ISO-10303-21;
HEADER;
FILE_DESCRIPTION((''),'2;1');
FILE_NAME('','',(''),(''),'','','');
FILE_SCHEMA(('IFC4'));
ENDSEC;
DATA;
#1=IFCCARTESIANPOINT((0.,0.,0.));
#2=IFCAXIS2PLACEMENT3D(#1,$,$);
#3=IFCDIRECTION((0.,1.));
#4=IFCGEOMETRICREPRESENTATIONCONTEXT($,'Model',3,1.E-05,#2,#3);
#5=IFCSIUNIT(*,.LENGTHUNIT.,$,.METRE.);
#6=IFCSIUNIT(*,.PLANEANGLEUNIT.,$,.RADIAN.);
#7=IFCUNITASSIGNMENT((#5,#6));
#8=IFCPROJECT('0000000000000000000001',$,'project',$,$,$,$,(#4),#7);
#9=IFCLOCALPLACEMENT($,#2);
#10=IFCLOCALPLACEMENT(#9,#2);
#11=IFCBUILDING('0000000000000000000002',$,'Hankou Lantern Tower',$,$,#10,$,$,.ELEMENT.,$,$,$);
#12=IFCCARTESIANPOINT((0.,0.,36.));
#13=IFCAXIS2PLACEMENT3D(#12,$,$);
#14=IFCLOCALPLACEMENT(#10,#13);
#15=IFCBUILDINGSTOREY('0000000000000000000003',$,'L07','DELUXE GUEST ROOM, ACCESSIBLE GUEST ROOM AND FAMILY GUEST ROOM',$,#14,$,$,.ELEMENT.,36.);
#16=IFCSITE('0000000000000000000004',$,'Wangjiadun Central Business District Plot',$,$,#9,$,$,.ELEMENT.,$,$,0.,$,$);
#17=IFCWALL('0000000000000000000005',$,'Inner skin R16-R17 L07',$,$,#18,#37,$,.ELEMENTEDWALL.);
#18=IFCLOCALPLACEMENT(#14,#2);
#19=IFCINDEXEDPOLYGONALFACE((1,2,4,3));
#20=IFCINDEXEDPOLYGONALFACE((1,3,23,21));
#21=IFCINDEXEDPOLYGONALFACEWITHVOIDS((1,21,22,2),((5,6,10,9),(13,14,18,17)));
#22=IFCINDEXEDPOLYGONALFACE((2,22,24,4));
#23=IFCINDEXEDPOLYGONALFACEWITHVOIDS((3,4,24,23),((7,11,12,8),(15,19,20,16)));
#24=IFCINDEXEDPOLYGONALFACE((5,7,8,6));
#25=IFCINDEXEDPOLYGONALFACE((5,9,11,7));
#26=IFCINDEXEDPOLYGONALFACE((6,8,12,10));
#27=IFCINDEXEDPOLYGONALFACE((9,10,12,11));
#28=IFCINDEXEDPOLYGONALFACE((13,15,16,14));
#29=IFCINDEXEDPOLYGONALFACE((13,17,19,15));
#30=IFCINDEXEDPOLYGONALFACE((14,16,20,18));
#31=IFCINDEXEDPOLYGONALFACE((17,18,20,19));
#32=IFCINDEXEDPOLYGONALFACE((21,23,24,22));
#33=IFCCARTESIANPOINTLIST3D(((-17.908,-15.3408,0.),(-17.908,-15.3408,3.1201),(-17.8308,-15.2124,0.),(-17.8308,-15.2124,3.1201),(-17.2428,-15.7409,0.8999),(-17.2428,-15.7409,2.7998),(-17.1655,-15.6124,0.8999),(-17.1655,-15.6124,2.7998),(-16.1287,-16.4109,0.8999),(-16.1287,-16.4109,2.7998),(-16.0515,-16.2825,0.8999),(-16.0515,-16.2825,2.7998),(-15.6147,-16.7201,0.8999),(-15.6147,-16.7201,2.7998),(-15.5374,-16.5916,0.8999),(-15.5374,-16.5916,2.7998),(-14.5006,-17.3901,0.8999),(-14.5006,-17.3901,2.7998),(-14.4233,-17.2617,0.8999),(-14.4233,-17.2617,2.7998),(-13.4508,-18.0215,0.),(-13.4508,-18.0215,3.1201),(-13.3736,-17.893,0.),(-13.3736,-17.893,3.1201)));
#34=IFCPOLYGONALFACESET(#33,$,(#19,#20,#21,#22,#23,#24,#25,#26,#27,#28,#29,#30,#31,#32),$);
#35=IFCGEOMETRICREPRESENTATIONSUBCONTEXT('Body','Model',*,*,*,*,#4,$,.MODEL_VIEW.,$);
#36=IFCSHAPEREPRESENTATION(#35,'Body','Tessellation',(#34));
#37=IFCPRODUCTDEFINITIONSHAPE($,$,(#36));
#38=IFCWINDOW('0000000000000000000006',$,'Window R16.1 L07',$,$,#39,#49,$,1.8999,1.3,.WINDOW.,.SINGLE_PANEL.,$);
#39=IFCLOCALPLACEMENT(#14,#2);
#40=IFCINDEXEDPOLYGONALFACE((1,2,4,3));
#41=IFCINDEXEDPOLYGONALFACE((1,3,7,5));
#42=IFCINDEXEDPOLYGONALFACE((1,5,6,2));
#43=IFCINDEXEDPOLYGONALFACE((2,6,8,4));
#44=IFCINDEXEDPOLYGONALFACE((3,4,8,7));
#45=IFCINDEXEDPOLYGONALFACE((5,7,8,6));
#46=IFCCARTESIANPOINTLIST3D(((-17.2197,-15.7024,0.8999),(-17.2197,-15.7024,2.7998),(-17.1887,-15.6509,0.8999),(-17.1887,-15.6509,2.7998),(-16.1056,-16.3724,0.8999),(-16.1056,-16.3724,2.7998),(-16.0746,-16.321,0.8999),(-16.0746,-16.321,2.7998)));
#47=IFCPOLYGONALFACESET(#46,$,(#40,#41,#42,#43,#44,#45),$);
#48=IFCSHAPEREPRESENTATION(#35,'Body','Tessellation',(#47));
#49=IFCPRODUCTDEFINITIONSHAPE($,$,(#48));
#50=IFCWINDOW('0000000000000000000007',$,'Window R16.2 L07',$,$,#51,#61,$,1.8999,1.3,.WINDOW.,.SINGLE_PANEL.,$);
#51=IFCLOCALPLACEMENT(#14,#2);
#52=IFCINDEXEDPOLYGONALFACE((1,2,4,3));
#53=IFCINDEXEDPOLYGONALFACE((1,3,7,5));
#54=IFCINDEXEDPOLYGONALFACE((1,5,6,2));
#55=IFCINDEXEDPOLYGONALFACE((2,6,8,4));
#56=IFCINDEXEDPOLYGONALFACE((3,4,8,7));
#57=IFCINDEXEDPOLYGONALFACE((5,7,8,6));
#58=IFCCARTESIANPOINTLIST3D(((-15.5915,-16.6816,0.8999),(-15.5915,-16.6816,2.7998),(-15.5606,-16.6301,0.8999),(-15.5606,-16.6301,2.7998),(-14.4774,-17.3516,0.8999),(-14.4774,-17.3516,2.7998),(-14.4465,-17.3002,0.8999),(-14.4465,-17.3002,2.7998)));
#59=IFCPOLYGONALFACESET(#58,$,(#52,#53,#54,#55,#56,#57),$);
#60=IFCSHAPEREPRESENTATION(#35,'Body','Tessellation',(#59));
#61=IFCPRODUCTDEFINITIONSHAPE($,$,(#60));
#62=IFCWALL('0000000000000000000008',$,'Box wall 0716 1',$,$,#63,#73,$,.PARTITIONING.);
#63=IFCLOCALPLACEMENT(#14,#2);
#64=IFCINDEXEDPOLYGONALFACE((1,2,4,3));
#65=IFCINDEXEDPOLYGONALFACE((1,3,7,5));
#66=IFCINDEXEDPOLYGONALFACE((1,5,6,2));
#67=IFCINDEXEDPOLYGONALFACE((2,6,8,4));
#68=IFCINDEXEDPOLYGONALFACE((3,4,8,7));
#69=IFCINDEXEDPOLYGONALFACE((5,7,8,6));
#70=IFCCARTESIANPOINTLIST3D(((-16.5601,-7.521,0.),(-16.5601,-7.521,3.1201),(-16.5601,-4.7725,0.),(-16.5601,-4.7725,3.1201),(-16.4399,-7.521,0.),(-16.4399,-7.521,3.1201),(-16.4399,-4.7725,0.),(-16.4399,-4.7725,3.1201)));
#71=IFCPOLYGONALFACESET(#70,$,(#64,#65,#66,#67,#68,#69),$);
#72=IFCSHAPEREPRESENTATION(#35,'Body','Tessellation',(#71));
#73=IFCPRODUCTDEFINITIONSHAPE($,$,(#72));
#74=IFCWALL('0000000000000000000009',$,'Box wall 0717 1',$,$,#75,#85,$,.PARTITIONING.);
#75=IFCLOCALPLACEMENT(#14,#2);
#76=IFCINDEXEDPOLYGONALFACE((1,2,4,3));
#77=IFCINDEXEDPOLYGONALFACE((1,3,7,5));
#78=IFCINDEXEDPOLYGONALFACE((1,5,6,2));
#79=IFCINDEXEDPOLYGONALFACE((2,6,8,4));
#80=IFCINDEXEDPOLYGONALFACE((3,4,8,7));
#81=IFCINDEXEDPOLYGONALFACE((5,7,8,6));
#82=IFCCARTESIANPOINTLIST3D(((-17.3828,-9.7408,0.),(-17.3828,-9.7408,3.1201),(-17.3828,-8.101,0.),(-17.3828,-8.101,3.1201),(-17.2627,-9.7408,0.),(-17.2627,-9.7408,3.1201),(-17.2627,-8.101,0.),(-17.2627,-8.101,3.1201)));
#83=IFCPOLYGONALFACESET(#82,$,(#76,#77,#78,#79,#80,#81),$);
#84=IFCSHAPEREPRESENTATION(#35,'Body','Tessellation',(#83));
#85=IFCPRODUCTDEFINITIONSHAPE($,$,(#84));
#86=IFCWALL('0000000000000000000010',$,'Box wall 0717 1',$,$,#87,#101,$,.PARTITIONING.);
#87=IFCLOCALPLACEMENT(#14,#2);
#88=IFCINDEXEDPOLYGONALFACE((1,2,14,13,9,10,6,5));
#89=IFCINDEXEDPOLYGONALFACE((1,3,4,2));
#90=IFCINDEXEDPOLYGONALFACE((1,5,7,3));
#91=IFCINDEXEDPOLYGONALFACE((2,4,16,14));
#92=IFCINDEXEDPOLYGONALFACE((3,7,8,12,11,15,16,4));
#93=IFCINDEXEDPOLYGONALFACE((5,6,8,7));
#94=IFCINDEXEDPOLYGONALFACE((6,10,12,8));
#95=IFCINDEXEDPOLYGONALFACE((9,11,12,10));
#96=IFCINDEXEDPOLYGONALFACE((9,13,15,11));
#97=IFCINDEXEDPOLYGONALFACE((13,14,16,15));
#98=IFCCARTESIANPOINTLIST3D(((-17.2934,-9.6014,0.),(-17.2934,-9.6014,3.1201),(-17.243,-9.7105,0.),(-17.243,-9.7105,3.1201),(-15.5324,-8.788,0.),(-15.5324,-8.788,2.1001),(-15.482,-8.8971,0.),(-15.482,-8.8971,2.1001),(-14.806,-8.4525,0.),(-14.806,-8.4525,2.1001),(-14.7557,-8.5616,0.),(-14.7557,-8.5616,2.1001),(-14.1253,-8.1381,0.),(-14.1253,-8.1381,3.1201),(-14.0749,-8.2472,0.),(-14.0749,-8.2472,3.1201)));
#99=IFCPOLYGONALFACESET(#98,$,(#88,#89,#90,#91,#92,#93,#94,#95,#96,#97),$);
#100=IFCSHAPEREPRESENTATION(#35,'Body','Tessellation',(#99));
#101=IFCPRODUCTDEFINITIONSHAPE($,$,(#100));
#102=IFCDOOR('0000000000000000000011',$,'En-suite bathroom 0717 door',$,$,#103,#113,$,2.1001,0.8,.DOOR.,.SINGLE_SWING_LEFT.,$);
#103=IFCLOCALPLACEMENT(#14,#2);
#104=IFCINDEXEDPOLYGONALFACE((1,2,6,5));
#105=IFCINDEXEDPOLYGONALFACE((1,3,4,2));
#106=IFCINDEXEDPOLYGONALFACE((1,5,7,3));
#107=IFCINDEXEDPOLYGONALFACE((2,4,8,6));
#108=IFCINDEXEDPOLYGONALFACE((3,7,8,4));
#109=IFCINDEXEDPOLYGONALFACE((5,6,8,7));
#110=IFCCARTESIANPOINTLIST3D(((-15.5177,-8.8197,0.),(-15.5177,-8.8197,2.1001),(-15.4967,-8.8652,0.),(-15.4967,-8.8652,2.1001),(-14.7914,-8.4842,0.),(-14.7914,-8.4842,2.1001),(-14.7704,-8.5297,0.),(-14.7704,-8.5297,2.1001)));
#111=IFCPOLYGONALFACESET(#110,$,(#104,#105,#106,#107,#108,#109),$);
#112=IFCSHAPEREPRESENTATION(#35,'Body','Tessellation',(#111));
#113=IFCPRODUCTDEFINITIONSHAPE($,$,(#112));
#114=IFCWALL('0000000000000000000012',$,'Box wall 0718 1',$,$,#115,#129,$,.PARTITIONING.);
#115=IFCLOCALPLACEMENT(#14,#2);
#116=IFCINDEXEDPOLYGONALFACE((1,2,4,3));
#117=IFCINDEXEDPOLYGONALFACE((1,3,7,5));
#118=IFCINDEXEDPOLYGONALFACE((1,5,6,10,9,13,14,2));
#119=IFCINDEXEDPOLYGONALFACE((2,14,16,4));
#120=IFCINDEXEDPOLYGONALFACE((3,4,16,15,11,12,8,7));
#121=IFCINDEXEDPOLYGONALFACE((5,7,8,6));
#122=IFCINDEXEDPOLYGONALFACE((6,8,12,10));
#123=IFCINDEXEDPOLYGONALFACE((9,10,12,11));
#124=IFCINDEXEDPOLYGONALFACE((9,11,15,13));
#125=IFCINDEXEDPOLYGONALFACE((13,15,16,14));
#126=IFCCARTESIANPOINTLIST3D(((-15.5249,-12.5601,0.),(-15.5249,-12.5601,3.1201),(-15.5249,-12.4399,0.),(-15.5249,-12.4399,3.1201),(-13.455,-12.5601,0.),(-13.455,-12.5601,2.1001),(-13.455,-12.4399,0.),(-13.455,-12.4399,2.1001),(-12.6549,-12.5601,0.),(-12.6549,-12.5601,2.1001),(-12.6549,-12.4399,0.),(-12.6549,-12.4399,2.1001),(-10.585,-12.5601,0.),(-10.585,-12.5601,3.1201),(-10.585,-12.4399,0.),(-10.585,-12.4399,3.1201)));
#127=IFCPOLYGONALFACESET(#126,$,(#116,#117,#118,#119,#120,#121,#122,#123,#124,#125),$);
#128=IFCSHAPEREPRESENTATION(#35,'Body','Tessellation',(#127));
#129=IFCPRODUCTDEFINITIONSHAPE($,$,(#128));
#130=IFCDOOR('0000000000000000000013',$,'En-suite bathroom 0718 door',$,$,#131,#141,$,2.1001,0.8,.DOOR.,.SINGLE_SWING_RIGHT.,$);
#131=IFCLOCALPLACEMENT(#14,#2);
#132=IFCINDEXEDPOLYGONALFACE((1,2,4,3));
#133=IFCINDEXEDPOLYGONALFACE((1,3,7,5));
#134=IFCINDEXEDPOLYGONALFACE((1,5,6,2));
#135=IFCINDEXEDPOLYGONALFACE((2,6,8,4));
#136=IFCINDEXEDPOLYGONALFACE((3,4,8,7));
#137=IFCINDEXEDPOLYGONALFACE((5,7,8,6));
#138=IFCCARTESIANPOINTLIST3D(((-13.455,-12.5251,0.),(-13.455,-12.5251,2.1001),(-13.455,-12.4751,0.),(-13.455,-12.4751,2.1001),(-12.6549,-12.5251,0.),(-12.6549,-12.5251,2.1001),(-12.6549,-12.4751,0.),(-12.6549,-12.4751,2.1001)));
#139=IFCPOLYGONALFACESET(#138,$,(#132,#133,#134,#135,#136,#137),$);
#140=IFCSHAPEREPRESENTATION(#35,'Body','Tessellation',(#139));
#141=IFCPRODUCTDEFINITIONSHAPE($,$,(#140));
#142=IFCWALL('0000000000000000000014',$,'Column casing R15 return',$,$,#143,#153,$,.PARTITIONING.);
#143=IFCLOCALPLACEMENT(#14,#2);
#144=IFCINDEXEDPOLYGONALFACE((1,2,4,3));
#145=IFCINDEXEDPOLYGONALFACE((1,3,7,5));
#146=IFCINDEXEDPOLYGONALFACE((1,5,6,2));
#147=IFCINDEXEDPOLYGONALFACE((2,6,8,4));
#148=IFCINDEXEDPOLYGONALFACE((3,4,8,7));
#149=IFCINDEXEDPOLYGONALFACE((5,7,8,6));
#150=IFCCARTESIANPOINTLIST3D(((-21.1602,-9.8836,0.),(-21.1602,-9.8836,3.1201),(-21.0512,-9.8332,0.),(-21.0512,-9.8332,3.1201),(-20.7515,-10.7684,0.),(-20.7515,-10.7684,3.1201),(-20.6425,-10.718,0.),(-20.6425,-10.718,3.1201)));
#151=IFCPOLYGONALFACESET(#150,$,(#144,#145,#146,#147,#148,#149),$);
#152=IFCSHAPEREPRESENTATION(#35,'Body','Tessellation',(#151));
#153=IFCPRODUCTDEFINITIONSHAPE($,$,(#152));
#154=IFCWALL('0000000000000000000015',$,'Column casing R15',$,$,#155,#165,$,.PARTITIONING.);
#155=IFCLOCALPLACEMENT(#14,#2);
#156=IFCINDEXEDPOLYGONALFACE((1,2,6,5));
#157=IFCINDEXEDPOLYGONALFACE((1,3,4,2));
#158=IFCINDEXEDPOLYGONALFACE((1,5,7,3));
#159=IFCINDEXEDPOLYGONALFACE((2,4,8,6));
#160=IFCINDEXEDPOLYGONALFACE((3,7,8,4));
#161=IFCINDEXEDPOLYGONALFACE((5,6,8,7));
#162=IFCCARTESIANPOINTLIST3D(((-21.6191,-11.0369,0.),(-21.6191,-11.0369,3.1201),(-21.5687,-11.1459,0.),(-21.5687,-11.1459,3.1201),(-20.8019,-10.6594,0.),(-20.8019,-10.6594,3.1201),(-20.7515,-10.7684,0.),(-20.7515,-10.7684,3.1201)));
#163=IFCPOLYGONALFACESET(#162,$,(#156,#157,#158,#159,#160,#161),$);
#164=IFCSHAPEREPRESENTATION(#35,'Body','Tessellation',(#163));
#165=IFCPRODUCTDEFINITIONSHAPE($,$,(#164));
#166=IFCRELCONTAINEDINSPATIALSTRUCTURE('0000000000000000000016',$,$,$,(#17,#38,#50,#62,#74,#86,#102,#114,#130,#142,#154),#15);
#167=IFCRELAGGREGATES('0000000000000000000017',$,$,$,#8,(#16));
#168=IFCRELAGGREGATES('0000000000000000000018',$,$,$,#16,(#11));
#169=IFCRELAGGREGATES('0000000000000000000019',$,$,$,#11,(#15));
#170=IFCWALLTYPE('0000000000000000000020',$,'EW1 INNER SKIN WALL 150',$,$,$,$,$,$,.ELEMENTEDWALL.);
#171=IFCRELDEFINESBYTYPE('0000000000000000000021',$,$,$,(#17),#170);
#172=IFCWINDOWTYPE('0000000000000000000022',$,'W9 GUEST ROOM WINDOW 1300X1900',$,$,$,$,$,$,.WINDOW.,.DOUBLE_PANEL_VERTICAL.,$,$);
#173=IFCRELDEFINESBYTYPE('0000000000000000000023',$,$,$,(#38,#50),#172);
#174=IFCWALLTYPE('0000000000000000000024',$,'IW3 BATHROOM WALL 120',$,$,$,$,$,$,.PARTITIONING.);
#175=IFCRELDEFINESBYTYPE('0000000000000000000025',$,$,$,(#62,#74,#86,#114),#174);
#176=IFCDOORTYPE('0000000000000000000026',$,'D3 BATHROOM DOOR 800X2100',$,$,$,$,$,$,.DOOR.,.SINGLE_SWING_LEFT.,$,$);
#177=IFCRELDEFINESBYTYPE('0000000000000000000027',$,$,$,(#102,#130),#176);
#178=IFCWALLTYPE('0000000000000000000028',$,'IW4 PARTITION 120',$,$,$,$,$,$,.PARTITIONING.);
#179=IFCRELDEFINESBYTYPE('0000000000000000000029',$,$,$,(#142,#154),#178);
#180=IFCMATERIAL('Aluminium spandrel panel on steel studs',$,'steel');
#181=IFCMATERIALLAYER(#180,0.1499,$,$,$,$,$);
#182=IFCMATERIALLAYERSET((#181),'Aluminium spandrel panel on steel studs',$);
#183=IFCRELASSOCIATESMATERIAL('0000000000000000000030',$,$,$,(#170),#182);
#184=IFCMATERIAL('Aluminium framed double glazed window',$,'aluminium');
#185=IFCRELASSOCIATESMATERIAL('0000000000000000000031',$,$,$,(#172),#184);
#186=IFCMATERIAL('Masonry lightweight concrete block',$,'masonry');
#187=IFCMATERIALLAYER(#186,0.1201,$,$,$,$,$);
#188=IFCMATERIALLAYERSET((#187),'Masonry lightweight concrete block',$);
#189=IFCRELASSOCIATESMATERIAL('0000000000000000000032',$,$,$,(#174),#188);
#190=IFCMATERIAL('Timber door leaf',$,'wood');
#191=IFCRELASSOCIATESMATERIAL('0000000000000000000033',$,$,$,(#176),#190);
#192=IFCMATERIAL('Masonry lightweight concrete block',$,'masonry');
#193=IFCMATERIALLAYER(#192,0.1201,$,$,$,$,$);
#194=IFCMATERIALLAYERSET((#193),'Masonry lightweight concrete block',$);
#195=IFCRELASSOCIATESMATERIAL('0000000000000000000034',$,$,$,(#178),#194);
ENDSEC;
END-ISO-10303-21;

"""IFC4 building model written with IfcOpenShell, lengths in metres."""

from ifc_helpers import new_model, si_unit, direction, frame, frame_2d, origin, place, context, subcontext, project, spatial, rectangle, extrude, material, layer, layer_set, type_object, element, fill, save


model = new_model("IFC4")

# Units and contexts
model_context = context("Model", 3, precision=1e-05, world=origin(), true_north=direction((0.0, 1.0)))
body_context = subcontext(model_context, "Body", "Model", "MODEL_VIEW")
ifc_project = project(units=[si_unit("LENGTHUNIT", "METRE"), si_unit("PLANEANGLEUNIT", "RADIAN")], contexts=[model_context])

# Site, building, storey
site_placement = place(None, origin())
site = spatial("IfcSite", under=ifc_project, at=site_placement, Name="Wangjiadun Central Business District Plot", CompositionType="ELEMENT", RefElevation=0.0)
building_placement = place(site_placement, origin())
building = spatial("IfcBuilding", under=site, at=building_placement, Name="Hankou Lantern Tower", CompositionType="ELEMENT")
storey_placement = place(building_placement, frame((0.0, 0.0, 36.0)))
storey = spatial("IfcBuildingStorey", under=building, at=storey_placement, Name="L07", Description="DELUXE GUEST ROOM, ACCESSIBLE GUEST ROOM AND FAMILY GUEST ROOM", CompositionType="ELEMENT", Elevation=36.0)

# Wall, openings, windows
ifc_material_1 = material(Name="Aluminium spandrel panel on steel studs", Category="steel")
ifc_layer_1 = layer(ifc_material_1, 0.1499)
ifc_layer_set_1 = layer_set([ifc_layer_1], Name="Aluminium spandrel panel on steel studs")
wall_type_1 = type_object("IfcWallType", Name="EW1 INNER SKIN WALL 150", PredefinedType="ELEMENTEDWALL", material=ifc_layer_set_1)
ifc_material_2 = material(Name="Aluminium framed double glazed window", Category="aluminium")
window_type = type_object("IfcWindowType", Name="W9 GUEST ROOM WINDOW 1300X1900", PartitioningType="DOUBLE_PANEL_VERTICAL", PredefinedType="WINDOW", material=ifc_material_2)
wall_1_placement = place(storey_placement, frame((-17.8694, -15.2766, 0.0), z_axis=(0.0, 0.0, 1.0), x_axis=(0.856958, -0.515386, 0.0)))
wall_1 = element("IfcWall", 1, at=wall_1_placement, inside=storey, type_object=wall_type_1, Name="Inner skin R16-R17 L07", PredefinedType="ELEMENTEDWALL", context=body_context, shape_type="SweptSolid", body=[
    extrude(rectangle(XDim=5.2012, YDim=0.1499, at=frame_2d((2.6006, 0.0))), origin(), (0.0, 0.0, 1.0), 3.1201),
])
opening_1_placement = place(wall_1_placement, frame((0.7764, 0.0, 0.8999)))
opening_1 = element("IfcOpeningElement", 2, at=opening_1_placement, cuts=wall_1, PredefinedType="OPENING", context=body_context, shape_type="SweptSolid", body=[
    extrude(rectangle(XDim=1.3, YDim=1.8999, at=frame_2d((0.6499, 0.95))), frame((0.0, 0.085, 0.0), z_axis=(0.0, -1.0, 0.0), x_axis=(1.0, 0.0, 0.0)), (0.0, 0.0, 1.0), 0.1699),
])
opening_2_placement = place(wall_1_placement, frame((2.6763, 0.0, 0.8999)))
opening_2 = element("IfcOpeningElement", 3, at=opening_2_placement, cuts=wall_1, PredefinedType="OPENING", context=body_context, shape_type="SweptSolid", body=[
    extrude(rectangle(XDim=1.3, YDim=1.8999, at=frame_2d((0.6499, 0.95))), frame((0.0, 0.085, 0.0), z_axis=(0.0, -1.0, 0.0), x_axis=(1.0, 0.0, 0.0)), (0.0, 0.0, 1.0), 0.1699),
])
window_1_placement = place(opening_1_placement, origin())
window_1 = element("IfcWindow", 4, at=window_1_placement, inside=storey, type_object=window_type, Name="Window R16.1 L07", OverallHeight=1.8999, OverallWidth=1.3, PartitioningType="SINGLE_PANEL", PredefinedType="WINDOW", context=body_context, shape_type="SweptSolid", body=[
    extrude(rectangle(XDim=1.3, YDim=1.8999, at=frame_2d((0.6499, 0.95))), frame((0.0, 0.03, 0.0), z_axis=(0.0, -1.0, 0.0), x_axis=(1.0, 0.0, 0.0)), (0.0, 0.0, 1.0), 0.0601),
])
fill(opening_1, window_1)
window_2_placement = place(opening_2_placement, origin())
window_2 = element("IfcWindow", 5, at=window_2_placement, inside=storey, type_object=window_type, Name="Window R16.2 L07", OverallHeight=1.8999, OverallWidth=1.3, PartitioningType="SINGLE_PANEL", PredefinedType="WINDOW", context=body_context, shape_type="SweptSolid", body=[
    extrude(rectangle(XDim=1.3, YDim=1.8999, at=frame_2d((0.6499, 0.95))), frame((0.0, 0.03, 0.0), z_axis=(0.0, -1.0, 0.0), x_axis=(1.0, 0.0, 0.0)), (0.0, 0.0, 1.0), 0.0601),
])
fill(opening_2, window_2)

# Walls
ifc_material_3 = material(Name="Masonry lightweight concrete block", Category="masonry")
ifc_layer_2 = layer(ifc_material_3, 0.1201)
ifc_layer_set_2 = layer_set([ifc_layer_2], Name="Masonry lightweight concrete block")
wall_type_2 = type_object("IfcWallType", Name="IW3 BATHROOM WALL 120", PredefinedType="PARTITIONING", material=ifc_layer_set_2)
wall_2_placement = place(storey_placement, frame((-16.5, -7.521, 0.0), z_axis=(0.0, 0.0, 1.0), x_axis=(0.0, 1.0, 0.0)))
element("IfcWall", 6, at=wall_2_placement, inside=storey, type_object=wall_type_2, Name="Box wall 0716 1", PredefinedType="PARTITIONING", context=body_context, shape_type="SweptSolid", body=[
    extrude(rectangle(XDim=2.7485, YDim=0.1201, at=frame_2d((1.3743, 0.0))), origin(), (0.0, 0.0, 1.0), 3.1201),
])
wall_3_placement = place(storey_placement, frame((-17.3228, -8.1011, 0.0), z_axis=(0.0, 0.0, 1.0), x_axis=(0.0, -1.0, 0.0)))
element("IfcWall", 7, at=wall_3_placement, inside=storey, type_object=wall_type_2, Name="Box wall 0717 1", PredefinedType="PARTITIONING", context=body_context, shape_type="SweptSolid", body=[
    extrude(rectangle(XDim=1.6399, YDim=0.1201, at=frame_2d((0.8198, 0.0))), origin(), (0.0, 0.0, 1.0), 3.1201),
])

# Walls, openings, doors
wall_4_placement = place(storey_placement, frame((-14.1001, -8.1926, 0.0), z_axis=(0.0, 0.0, 1.0), x_axis=(-0.907836, -0.419324, 0.0)))
wall_4 = element("IfcWall", 8, at=wall_4_placement, inside=storey, type_object=wall_type_2, Name="Box wall 0717 1", PredefinedType="PARTITIONING", context=body_context, shape_type="SweptSolid", body=[
    extrude(rectangle(XDim=3.4897, YDim=0.1201, at=frame_2d((1.7449, 0.0))), origin(), (0.0, 0.0, 1.0), 3.1201),
])
opening_3_placement = place(wall_4_placement, frame((0.75, 0.0, 0.0)))
opening_3 = element("IfcOpeningElement", 9, at=opening_3_placement, cuts=wall_4, PredefinedType="OPENING", context=body_context, shape_type="SweptSolid", body=[
    extrude(rectangle(XDim=0.8, YDim=2.1001, at=frame_2d((0.3999, 1.05))), frame((0.0, 0.0701, 0.0), z_axis=(0.0, -1.0, 0.0), x_axis=(1.0, 0.0, 0.0)), (0.0, 0.0, 1.0), 0.1401),
])
ifc_material_4 = material(Name="Timber door leaf", Category="wood")
door_type = type_object("IfcDoorType", Name="D3 BATHROOM DOOR 800X2100", OperationType="SINGLE_SWING_LEFT", PredefinedType="DOOR", material=ifc_material_4)
door_1_placement = place(opening_3_placement, origin())
door_1 = element("IfcDoor", 10, at=door_1_placement, inside=storey, type_object=door_type, Name="En-suite bathroom 0717 door", OperationType="SINGLE_SWING_LEFT", OverallHeight=2.1001, OverallWidth=0.8, PredefinedType="DOOR", context=body_context, shape_type="SweptSolid", body=[
    extrude(rectangle(XDim=0.8, YDim=2.1001, at=frame_2d((0.3999, 1.05))), frame((0.0, 0.0249, 0.0), z_axis=(0.0, -1.0, 0.0), x_axis=(1.0, 0.0, 0.0)), (0.0, 0.0, 1.0), 0.05),
])
fill(opening_3, door_1)
wall_5_placement = place(storey_placement, frame((-15.5249, -12.5, 0.0), z_axis=(0.0, 0.0, 1.0), x_axis=(1.0, 0.0, 0.0)))
wall_5 = element("IfcWall", 11, at=wall_5_placement, inside=storey, type_object=wall_type_2, Name="Box wall 0718 1", PredefinedType="PARTITIONING", context=body_context, shape_type="SweptSolid", body=[
    extrude(rectangle(XDim=4.9399, YDim=0.1201, at=frame_2d((2.47, 0.0))), origin(), (0.0, 0.0, 1.0), 3.1201),
])
opening_4_placement = place(wall_5_placement, frame((2.0701, 0.0, 0.0)))
opening_4 = element("IfcOpeningElement", 12, at=opening_4_placement, cuts=wall_5, PredefinedType="OPENING", context=body_context, shape_type="SweptSolid", body=[
    extrude(rectangle(XDim=0.8, YDim=2.1001, at=frame_2d((0.3999, 1.05))), frame((0.0, 0.0701, 0.0), z_axis=(0.0, -1.0, 0.0), x_axis=(1.0, 0.0, 0.0)), (0.0, 0.0, 1.0), 0.1401),
])
door_2_placement = place(opening_4_placement, origin())
door_2 = element("IfcDoor", 13, at=door_2_placement, inside=storey, type_object=door_type, Name="En-suite bathroom 0718 door", OperationType="SINGLE_SWING_RIGHT", OverallHeight=2.1001, OverallWidth=0.8, PredefinedType="DOOR", context=body_context, shape_type="SweptSolid", body=[
    extrude(rectangle(XDim=0.8, YDim=2.1001, at=frame_2d((0.3999, 1.05))), frame((0.0, 0.0249, 0.0), z_axis=(0.0, -1.0, 0.0), x_axis=(1.0, 0.0, 0.0)), (0.0, 0.0, 1.0), 0.05),
])
fill(opening_4, door_2)

# Walls
ifc_material_5 = material(Name="Masonry lightweight concrete block", Category="masonry")
ifc_layer_3 = layer(ifc_material_5, 0.1201)
ifc_layer_set_3 = layer_set([ifc_layer_3], Name="Masonry lightweight concrete block")
wall_type_3 = type_object("IfcWallType", Name="IW4 PARTITION 120", PredefinedType="PARTITIONING", material=ifc_layer_set_3)
wall_6_placement = place(storey_placement, frame((-21.1057, -9.8584, 0.0), z_axis=(0.0, 0.0, 1.0), x_axis=(0.419344, -0.907827, 0.0)))
element("IfcWall", 14, at=wall_6_placement, inside=storey, type_object=wall_type_3, Name="Column casing R15 return", PredefinedType="PARTITIONING", context=body_context, shape_type="SweptSolid", body=[
    extrude(rectangle(XDim=0.9746, YDim=0.1201, at=frame_2d((0.4873, 0.0))), origin(), (0.0, 0.0, 1.0), 3.1201),
])
wall_7_placement = place(storey_placement, frame((-20.7766, -10.7139, 0.0), z_axis=(0.0, 0.0, 1.0), x_axis=(-0.907832, -0.419333, 0.0)))
element("IfcWall", 15, at=wall_7_placement, inside=storey, type_object=wall_type_3, Name="Column casing R15", PredefinedType="PARTITIONING", context=body_context, shape_type="SweptSolid", body=[
    extrude(rectangle(XDim=0.9001, YDim=0.1201, at=frame_2d((0.4502, 0.0))), origin(), (0.0, 0.0, 1.0), 3.1201),
])

save(model, "model.ifc")
